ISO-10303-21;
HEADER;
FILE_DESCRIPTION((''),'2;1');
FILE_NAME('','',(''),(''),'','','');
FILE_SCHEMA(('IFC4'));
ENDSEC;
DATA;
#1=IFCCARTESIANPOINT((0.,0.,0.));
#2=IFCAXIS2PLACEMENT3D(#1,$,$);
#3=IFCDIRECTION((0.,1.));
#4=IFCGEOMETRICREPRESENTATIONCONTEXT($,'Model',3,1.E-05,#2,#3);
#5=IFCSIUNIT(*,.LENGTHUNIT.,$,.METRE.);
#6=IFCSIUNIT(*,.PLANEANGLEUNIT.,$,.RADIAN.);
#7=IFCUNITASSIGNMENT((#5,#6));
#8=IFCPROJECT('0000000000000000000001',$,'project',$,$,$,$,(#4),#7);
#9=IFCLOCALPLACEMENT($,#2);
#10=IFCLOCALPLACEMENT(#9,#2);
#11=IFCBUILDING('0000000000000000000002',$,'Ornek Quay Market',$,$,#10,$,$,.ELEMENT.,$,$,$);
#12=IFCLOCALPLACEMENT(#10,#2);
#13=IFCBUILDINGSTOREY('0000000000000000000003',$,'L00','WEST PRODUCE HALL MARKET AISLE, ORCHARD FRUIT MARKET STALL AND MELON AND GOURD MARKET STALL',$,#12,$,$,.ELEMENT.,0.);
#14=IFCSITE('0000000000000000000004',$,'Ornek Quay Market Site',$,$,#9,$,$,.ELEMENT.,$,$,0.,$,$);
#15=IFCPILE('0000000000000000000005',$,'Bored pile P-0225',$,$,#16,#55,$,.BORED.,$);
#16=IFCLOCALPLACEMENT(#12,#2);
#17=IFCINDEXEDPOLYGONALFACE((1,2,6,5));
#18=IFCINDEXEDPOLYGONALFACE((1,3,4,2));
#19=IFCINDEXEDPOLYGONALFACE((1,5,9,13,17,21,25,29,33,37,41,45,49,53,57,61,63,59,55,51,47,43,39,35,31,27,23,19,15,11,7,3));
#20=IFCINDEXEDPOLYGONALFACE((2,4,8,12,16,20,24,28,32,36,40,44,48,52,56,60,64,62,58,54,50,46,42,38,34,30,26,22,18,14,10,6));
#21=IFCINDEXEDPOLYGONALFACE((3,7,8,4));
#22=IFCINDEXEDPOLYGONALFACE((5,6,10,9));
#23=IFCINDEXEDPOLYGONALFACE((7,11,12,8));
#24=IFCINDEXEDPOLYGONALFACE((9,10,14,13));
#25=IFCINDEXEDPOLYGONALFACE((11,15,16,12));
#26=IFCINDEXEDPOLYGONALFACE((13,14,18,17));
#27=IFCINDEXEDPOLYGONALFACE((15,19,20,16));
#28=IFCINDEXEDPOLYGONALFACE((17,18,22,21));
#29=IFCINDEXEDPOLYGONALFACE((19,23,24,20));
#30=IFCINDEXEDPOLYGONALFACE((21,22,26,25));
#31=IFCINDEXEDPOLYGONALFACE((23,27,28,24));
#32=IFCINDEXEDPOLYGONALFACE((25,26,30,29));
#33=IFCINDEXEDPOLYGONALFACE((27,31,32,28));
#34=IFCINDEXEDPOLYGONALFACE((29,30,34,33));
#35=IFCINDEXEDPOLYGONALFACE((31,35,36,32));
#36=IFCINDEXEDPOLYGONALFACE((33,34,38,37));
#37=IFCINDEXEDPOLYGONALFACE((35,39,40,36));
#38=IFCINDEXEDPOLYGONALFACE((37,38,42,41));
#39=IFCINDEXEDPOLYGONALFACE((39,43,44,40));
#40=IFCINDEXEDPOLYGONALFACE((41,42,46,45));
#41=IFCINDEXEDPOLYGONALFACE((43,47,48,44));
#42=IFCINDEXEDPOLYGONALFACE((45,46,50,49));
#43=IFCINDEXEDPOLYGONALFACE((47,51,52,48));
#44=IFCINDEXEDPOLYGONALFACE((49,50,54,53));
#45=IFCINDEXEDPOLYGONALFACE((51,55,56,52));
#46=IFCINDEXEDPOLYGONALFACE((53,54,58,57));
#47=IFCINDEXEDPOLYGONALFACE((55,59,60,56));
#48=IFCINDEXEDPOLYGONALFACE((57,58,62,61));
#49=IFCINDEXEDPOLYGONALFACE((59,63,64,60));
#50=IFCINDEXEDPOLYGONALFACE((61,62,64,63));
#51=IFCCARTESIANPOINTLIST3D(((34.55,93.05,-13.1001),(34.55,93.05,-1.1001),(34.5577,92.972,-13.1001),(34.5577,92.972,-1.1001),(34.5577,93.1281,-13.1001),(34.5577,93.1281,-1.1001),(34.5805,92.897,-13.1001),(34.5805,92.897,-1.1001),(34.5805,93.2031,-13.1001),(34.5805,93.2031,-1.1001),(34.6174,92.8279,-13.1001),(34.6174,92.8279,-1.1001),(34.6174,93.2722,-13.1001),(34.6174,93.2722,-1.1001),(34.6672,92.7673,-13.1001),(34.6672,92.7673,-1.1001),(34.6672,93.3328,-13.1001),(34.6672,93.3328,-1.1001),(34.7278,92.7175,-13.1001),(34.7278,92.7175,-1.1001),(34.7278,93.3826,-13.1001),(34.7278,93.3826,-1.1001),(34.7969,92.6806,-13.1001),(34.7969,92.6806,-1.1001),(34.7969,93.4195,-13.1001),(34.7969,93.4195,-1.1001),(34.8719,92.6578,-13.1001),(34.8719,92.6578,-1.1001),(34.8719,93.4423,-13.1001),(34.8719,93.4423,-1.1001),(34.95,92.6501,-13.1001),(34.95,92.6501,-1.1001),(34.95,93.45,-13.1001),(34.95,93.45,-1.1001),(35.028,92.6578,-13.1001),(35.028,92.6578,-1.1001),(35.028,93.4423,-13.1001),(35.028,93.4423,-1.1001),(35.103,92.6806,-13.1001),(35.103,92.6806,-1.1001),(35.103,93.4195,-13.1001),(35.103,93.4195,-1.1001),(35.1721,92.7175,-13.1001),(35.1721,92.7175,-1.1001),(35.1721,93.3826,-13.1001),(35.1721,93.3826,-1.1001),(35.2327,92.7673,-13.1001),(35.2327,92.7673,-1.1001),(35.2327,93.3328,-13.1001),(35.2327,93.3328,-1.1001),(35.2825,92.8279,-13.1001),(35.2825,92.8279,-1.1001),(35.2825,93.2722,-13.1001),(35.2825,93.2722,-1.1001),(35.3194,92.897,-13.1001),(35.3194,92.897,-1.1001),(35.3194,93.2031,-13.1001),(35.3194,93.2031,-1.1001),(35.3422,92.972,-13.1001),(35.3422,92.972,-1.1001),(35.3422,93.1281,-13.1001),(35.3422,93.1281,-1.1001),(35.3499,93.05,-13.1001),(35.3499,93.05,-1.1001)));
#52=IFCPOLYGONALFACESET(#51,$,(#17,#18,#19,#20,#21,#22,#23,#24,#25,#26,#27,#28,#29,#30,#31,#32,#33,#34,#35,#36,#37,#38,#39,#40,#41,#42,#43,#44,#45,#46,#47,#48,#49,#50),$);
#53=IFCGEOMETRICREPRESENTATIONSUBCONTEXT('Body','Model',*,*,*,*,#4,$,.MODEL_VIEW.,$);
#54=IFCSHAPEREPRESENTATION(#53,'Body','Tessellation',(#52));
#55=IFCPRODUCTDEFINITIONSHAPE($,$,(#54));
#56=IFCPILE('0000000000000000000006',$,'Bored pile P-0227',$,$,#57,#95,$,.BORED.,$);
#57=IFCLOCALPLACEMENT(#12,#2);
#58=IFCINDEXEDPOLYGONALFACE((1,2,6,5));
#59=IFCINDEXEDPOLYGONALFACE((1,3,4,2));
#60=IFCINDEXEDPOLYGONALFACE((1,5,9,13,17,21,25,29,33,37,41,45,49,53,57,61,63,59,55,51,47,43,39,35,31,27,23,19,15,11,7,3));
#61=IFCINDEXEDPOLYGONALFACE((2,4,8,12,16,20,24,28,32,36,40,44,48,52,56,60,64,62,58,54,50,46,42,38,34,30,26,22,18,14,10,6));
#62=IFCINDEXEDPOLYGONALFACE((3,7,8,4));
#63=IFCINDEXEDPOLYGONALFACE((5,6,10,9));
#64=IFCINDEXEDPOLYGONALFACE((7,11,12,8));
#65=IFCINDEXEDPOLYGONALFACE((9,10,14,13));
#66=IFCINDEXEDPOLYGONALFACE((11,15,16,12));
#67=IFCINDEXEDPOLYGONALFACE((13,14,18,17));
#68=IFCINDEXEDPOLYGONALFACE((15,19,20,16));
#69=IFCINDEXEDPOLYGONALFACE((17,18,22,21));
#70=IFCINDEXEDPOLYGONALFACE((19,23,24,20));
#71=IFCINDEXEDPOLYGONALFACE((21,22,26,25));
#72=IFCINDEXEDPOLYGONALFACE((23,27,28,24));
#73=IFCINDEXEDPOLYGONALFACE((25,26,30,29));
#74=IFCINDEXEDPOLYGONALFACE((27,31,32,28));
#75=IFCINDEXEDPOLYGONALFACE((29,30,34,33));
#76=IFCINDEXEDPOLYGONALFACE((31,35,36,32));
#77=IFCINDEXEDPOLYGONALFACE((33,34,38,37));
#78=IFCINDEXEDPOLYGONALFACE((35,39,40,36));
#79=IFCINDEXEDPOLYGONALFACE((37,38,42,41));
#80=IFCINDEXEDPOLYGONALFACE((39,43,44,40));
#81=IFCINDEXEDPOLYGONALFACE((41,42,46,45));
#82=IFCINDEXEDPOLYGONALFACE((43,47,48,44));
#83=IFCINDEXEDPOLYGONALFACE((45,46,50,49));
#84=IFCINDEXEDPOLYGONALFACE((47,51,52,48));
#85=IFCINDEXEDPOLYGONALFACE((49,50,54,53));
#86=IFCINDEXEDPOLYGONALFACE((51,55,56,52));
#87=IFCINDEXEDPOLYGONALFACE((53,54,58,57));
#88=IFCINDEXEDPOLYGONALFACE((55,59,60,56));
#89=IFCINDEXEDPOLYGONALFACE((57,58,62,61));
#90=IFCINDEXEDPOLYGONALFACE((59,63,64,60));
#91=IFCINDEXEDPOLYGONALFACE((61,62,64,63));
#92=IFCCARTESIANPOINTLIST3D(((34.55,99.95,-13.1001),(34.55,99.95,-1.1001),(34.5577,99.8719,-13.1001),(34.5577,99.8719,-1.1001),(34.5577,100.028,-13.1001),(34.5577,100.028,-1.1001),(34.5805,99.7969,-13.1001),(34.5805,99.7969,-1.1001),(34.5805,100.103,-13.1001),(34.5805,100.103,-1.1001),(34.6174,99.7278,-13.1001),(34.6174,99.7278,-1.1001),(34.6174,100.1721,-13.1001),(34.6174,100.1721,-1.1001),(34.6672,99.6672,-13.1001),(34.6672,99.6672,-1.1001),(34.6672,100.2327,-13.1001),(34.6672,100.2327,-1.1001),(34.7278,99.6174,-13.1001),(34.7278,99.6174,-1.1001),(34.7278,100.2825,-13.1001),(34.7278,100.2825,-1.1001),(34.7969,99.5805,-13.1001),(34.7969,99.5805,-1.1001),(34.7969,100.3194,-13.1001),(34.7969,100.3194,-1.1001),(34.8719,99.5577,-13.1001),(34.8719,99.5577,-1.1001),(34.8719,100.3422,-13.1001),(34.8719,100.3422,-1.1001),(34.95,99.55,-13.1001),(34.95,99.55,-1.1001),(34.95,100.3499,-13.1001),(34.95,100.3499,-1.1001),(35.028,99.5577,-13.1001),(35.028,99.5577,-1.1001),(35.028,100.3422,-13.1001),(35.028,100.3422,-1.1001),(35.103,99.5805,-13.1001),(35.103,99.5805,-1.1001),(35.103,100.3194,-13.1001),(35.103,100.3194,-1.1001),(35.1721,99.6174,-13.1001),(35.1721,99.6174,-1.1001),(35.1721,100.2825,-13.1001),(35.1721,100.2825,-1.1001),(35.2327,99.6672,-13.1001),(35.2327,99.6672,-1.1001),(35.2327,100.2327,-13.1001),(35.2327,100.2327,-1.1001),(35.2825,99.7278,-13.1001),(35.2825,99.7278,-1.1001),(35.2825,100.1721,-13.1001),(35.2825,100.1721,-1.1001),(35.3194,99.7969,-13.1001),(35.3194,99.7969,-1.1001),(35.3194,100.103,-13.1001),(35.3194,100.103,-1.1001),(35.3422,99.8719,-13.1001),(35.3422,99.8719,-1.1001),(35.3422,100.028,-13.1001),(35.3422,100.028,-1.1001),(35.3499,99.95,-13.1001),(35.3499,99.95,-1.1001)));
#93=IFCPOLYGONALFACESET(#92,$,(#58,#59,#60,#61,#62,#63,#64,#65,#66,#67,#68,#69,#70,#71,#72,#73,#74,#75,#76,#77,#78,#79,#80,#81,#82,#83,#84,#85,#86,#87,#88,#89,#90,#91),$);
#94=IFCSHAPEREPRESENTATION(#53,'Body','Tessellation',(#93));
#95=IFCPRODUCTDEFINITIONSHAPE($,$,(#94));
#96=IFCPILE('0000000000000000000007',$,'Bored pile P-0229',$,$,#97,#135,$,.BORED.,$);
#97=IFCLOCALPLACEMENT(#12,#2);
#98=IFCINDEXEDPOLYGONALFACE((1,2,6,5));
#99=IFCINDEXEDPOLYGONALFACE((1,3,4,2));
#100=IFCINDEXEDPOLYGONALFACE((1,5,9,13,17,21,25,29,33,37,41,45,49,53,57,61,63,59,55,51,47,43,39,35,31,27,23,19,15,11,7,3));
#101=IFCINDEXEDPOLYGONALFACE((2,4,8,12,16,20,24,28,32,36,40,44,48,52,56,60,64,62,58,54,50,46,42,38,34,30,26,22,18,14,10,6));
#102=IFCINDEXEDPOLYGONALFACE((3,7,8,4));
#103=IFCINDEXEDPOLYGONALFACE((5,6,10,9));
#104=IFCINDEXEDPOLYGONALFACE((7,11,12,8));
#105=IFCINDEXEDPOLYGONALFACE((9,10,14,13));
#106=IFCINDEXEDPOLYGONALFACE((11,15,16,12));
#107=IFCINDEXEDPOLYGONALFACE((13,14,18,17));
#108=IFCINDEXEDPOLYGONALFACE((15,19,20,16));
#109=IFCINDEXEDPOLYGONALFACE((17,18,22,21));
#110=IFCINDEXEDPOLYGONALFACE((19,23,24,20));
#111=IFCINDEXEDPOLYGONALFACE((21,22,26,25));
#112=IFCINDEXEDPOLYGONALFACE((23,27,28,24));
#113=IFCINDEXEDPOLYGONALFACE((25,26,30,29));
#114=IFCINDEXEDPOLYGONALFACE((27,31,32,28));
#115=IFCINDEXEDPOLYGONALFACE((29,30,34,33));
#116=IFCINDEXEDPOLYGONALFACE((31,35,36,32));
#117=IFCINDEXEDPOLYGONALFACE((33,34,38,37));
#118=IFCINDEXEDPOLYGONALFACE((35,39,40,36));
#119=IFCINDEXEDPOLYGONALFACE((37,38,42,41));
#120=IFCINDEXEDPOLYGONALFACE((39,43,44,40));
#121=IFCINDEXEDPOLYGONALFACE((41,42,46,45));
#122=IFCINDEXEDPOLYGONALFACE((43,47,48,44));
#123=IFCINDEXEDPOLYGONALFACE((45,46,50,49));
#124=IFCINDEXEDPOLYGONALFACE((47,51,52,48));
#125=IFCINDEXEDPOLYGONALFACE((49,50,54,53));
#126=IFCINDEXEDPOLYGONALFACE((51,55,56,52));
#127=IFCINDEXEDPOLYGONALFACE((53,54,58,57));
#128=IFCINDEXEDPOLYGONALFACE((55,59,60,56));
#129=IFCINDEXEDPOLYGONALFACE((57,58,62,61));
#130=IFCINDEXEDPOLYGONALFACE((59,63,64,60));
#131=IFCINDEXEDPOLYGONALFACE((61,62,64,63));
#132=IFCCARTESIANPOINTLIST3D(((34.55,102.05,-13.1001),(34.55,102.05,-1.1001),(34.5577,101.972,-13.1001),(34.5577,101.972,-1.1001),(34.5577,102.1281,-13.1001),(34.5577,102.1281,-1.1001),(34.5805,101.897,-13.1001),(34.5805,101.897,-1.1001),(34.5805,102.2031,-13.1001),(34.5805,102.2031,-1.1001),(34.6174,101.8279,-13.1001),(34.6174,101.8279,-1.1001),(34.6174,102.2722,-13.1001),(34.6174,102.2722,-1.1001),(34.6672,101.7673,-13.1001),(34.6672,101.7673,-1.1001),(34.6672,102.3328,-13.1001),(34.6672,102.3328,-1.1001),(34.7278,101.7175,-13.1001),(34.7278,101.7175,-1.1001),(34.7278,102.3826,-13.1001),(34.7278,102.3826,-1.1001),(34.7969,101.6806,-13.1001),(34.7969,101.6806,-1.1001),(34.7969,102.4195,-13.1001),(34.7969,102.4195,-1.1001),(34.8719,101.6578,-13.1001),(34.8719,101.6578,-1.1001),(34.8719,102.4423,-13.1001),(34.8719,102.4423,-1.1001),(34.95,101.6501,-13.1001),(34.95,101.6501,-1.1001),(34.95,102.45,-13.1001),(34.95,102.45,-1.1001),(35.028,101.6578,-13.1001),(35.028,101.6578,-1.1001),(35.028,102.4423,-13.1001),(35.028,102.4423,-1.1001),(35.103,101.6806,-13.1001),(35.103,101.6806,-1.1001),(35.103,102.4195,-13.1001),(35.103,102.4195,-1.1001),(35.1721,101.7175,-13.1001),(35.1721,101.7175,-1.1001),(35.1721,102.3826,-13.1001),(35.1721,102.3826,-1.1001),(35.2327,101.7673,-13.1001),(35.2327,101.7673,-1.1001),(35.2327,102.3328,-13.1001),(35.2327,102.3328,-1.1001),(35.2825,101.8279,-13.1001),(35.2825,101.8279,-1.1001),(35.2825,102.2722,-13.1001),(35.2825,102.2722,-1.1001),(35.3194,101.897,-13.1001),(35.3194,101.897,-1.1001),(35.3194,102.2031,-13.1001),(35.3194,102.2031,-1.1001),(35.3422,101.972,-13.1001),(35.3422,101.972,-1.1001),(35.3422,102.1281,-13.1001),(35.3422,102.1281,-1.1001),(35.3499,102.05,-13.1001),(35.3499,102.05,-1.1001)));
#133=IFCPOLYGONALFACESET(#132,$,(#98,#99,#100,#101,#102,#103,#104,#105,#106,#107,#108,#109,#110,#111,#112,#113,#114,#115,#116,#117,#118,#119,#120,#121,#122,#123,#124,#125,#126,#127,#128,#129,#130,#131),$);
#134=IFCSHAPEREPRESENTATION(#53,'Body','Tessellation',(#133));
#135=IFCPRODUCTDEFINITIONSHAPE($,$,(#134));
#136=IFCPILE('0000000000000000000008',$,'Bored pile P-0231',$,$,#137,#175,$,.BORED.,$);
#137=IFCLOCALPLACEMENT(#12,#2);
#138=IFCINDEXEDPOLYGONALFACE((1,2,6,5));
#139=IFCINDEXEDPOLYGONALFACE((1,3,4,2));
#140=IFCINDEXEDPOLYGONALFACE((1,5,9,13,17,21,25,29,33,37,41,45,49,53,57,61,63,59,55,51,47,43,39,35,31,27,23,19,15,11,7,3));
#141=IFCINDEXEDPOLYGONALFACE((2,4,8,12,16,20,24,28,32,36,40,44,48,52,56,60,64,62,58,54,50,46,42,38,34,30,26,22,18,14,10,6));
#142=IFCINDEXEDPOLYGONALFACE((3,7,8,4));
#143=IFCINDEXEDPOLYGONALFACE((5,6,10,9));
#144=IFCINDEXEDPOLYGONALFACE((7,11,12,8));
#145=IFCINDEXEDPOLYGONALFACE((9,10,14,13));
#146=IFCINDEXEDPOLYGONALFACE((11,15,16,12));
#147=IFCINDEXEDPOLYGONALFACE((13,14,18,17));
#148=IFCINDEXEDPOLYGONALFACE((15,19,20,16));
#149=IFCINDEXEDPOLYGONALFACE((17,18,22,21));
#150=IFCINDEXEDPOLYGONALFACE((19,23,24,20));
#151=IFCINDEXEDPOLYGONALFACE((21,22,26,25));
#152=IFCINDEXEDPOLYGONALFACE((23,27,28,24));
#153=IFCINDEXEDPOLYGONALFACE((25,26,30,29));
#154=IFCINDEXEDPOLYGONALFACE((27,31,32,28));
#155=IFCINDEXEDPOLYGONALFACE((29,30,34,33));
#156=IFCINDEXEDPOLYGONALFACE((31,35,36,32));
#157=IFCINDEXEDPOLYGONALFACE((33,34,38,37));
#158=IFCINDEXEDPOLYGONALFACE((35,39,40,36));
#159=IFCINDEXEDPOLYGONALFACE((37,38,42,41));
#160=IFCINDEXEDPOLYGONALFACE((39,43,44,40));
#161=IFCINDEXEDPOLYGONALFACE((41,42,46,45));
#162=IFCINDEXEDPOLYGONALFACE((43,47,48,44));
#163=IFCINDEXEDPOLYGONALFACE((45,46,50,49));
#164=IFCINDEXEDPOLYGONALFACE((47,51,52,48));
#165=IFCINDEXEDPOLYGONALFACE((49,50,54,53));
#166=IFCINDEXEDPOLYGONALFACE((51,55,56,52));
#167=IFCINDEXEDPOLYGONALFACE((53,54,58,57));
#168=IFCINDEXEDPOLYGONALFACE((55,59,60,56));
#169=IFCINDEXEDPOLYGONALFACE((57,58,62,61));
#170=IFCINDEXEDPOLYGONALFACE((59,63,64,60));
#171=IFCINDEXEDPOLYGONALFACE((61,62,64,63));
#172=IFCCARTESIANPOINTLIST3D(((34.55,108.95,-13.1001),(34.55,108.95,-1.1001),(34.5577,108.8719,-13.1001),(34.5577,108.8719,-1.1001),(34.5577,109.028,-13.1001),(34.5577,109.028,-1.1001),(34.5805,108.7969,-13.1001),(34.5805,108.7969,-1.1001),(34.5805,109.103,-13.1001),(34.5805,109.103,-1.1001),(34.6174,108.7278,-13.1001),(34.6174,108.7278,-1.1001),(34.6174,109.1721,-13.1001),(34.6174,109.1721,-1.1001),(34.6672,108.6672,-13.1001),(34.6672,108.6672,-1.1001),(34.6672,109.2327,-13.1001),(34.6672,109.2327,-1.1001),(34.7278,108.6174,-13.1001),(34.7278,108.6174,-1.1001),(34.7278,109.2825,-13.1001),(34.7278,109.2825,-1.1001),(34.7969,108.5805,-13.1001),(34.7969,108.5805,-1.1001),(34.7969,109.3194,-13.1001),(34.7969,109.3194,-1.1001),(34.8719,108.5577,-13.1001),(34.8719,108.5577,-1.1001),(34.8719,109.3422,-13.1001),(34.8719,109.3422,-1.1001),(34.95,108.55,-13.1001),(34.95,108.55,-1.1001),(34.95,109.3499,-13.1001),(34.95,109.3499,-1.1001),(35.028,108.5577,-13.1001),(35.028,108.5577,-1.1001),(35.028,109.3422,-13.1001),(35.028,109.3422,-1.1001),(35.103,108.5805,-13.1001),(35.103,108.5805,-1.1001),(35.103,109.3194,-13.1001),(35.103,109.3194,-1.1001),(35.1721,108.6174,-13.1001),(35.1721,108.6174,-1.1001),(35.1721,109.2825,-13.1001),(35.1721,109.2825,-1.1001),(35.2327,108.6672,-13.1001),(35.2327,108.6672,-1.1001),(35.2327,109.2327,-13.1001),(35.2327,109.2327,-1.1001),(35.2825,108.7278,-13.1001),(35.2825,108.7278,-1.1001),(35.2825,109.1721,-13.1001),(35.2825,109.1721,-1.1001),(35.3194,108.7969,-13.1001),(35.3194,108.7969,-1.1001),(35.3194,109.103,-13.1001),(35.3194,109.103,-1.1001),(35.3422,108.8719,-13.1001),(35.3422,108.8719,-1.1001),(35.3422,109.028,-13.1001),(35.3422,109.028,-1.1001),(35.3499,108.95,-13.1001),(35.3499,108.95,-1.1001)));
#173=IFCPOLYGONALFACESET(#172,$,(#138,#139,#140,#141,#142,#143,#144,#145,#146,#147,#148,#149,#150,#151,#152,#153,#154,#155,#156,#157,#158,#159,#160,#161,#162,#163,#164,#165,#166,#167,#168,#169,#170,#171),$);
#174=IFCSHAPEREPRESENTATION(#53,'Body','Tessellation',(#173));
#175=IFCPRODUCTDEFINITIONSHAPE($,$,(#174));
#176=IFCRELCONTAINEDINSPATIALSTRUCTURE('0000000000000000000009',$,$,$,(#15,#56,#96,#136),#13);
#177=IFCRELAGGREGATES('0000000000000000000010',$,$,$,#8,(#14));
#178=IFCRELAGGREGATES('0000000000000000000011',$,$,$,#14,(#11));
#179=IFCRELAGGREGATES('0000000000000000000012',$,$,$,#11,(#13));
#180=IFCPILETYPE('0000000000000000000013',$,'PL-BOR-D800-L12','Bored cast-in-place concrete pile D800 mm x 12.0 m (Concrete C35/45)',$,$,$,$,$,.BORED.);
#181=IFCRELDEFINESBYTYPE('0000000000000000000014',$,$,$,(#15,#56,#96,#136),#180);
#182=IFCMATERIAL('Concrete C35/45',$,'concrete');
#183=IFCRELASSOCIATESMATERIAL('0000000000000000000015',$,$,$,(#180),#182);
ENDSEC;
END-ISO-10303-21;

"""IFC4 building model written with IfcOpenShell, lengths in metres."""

from ifc_helpers import new_model, si_unit, direction, frame, origin, origin_2d, place, context, subcontext, project, spatial, circle, extrude, material, material_profile, profile_set, type_object, element, save


model = new_model("IFC4")

# Units and contexts
model_context = context("Model", 3, precision=1e-05, world=origin(), true_north=direction((0.0, 1.0)))
body_context = subcontext(model_context, "Body", "Model", "MODEL_VIEW")
ifc_project = project(units=[si_unit("LENGTHUNIT", "METRE"), si_unit("PLANEANGLEUNIT", "RADIAN")], contexts=[model_context])

# Site, building, storey
site_placement = place(None, origin())
site = spatial("IfcSite", under=ifc_project, at=site_placement, Name="Ornek Quay Market Site", CompositionType="ELEMENT", RefElevation=0.0)
building_placement = place(site_placement, origin())
building = spatial("IfcBuilding", under=site, at=building_placement, Name="Ornek Quay Market", CompositionType="ELEMENT")
storey_placement = place(building_placement, origin())
storey = spatial("IfcBuildingStorey", under=building, at=storey_placement, Name="L00", Description="WEST PRODUCE HALL MARKET AISLE, ORCHARD FRUIT MARKET STALL AND MELON AND GOURD MARKET STALL", CompositionType="ELEMENT", Elevation=0.0)

# Piles
ifc_material_1 = material(Name="Concrete C35/45", Category="concrete")
ifc_material_profile_1 = material_profile(ifc_material_1, circle(Radius=0.3999, at=origin_2d()), Name="PILE D800", Category="concrete")
ifc_profile_set_1 = profile_set([ifc_material_profile_1], Name="Concrete C35/45")
pile_type = type_object("IfcPileType", Name="PL-BOR-D800-L12", Description="Bored cast-in-place concrete pile D800 mm x 12.0 m (Concrete C35/45)", PredefinedType="BORED", material=ifc_profile_set_1)
for number, where, z_axis, x_axis, name in (
    (1, (34.95, 93.05, -1.1001), (0.0, 0.0, -1.0), (1.0, 0.0, 0.0), "Bored pile P-0225"),
    (2, (34.95, 99.95, -1.1001), (0.0, 0.0, -1.0), (1.0, 0.0, 0.0), "Bored pile P-0227"),
    (3, (34.95, 102.05, -1.1001), (0.0, 0.0, -1.0), (1.0, 0.0, 0.0), "Bored pile P-0229"),
    (4, (34.95, 108.95, -1.1001), (0.0, 0.0, -1.0), (1.0, 0.0, 0.0), "Bored pile P-0231"),
):
    element("IfcPile", number, at=place(storey_placement, frame(where, z_axis=z_axis, x_axis=x_axis)), inside=storey, type_object=pile_type, Name=name, PredefinedType="BORED", context=body_context, shape_type="SweptSolid", body=[
        extrude(circle(Radius=0.3999, at=origin_2d()), origin(), (0.0, 0.0, 1.0), 12.0),
    ])

save(model, "model.ifc")
